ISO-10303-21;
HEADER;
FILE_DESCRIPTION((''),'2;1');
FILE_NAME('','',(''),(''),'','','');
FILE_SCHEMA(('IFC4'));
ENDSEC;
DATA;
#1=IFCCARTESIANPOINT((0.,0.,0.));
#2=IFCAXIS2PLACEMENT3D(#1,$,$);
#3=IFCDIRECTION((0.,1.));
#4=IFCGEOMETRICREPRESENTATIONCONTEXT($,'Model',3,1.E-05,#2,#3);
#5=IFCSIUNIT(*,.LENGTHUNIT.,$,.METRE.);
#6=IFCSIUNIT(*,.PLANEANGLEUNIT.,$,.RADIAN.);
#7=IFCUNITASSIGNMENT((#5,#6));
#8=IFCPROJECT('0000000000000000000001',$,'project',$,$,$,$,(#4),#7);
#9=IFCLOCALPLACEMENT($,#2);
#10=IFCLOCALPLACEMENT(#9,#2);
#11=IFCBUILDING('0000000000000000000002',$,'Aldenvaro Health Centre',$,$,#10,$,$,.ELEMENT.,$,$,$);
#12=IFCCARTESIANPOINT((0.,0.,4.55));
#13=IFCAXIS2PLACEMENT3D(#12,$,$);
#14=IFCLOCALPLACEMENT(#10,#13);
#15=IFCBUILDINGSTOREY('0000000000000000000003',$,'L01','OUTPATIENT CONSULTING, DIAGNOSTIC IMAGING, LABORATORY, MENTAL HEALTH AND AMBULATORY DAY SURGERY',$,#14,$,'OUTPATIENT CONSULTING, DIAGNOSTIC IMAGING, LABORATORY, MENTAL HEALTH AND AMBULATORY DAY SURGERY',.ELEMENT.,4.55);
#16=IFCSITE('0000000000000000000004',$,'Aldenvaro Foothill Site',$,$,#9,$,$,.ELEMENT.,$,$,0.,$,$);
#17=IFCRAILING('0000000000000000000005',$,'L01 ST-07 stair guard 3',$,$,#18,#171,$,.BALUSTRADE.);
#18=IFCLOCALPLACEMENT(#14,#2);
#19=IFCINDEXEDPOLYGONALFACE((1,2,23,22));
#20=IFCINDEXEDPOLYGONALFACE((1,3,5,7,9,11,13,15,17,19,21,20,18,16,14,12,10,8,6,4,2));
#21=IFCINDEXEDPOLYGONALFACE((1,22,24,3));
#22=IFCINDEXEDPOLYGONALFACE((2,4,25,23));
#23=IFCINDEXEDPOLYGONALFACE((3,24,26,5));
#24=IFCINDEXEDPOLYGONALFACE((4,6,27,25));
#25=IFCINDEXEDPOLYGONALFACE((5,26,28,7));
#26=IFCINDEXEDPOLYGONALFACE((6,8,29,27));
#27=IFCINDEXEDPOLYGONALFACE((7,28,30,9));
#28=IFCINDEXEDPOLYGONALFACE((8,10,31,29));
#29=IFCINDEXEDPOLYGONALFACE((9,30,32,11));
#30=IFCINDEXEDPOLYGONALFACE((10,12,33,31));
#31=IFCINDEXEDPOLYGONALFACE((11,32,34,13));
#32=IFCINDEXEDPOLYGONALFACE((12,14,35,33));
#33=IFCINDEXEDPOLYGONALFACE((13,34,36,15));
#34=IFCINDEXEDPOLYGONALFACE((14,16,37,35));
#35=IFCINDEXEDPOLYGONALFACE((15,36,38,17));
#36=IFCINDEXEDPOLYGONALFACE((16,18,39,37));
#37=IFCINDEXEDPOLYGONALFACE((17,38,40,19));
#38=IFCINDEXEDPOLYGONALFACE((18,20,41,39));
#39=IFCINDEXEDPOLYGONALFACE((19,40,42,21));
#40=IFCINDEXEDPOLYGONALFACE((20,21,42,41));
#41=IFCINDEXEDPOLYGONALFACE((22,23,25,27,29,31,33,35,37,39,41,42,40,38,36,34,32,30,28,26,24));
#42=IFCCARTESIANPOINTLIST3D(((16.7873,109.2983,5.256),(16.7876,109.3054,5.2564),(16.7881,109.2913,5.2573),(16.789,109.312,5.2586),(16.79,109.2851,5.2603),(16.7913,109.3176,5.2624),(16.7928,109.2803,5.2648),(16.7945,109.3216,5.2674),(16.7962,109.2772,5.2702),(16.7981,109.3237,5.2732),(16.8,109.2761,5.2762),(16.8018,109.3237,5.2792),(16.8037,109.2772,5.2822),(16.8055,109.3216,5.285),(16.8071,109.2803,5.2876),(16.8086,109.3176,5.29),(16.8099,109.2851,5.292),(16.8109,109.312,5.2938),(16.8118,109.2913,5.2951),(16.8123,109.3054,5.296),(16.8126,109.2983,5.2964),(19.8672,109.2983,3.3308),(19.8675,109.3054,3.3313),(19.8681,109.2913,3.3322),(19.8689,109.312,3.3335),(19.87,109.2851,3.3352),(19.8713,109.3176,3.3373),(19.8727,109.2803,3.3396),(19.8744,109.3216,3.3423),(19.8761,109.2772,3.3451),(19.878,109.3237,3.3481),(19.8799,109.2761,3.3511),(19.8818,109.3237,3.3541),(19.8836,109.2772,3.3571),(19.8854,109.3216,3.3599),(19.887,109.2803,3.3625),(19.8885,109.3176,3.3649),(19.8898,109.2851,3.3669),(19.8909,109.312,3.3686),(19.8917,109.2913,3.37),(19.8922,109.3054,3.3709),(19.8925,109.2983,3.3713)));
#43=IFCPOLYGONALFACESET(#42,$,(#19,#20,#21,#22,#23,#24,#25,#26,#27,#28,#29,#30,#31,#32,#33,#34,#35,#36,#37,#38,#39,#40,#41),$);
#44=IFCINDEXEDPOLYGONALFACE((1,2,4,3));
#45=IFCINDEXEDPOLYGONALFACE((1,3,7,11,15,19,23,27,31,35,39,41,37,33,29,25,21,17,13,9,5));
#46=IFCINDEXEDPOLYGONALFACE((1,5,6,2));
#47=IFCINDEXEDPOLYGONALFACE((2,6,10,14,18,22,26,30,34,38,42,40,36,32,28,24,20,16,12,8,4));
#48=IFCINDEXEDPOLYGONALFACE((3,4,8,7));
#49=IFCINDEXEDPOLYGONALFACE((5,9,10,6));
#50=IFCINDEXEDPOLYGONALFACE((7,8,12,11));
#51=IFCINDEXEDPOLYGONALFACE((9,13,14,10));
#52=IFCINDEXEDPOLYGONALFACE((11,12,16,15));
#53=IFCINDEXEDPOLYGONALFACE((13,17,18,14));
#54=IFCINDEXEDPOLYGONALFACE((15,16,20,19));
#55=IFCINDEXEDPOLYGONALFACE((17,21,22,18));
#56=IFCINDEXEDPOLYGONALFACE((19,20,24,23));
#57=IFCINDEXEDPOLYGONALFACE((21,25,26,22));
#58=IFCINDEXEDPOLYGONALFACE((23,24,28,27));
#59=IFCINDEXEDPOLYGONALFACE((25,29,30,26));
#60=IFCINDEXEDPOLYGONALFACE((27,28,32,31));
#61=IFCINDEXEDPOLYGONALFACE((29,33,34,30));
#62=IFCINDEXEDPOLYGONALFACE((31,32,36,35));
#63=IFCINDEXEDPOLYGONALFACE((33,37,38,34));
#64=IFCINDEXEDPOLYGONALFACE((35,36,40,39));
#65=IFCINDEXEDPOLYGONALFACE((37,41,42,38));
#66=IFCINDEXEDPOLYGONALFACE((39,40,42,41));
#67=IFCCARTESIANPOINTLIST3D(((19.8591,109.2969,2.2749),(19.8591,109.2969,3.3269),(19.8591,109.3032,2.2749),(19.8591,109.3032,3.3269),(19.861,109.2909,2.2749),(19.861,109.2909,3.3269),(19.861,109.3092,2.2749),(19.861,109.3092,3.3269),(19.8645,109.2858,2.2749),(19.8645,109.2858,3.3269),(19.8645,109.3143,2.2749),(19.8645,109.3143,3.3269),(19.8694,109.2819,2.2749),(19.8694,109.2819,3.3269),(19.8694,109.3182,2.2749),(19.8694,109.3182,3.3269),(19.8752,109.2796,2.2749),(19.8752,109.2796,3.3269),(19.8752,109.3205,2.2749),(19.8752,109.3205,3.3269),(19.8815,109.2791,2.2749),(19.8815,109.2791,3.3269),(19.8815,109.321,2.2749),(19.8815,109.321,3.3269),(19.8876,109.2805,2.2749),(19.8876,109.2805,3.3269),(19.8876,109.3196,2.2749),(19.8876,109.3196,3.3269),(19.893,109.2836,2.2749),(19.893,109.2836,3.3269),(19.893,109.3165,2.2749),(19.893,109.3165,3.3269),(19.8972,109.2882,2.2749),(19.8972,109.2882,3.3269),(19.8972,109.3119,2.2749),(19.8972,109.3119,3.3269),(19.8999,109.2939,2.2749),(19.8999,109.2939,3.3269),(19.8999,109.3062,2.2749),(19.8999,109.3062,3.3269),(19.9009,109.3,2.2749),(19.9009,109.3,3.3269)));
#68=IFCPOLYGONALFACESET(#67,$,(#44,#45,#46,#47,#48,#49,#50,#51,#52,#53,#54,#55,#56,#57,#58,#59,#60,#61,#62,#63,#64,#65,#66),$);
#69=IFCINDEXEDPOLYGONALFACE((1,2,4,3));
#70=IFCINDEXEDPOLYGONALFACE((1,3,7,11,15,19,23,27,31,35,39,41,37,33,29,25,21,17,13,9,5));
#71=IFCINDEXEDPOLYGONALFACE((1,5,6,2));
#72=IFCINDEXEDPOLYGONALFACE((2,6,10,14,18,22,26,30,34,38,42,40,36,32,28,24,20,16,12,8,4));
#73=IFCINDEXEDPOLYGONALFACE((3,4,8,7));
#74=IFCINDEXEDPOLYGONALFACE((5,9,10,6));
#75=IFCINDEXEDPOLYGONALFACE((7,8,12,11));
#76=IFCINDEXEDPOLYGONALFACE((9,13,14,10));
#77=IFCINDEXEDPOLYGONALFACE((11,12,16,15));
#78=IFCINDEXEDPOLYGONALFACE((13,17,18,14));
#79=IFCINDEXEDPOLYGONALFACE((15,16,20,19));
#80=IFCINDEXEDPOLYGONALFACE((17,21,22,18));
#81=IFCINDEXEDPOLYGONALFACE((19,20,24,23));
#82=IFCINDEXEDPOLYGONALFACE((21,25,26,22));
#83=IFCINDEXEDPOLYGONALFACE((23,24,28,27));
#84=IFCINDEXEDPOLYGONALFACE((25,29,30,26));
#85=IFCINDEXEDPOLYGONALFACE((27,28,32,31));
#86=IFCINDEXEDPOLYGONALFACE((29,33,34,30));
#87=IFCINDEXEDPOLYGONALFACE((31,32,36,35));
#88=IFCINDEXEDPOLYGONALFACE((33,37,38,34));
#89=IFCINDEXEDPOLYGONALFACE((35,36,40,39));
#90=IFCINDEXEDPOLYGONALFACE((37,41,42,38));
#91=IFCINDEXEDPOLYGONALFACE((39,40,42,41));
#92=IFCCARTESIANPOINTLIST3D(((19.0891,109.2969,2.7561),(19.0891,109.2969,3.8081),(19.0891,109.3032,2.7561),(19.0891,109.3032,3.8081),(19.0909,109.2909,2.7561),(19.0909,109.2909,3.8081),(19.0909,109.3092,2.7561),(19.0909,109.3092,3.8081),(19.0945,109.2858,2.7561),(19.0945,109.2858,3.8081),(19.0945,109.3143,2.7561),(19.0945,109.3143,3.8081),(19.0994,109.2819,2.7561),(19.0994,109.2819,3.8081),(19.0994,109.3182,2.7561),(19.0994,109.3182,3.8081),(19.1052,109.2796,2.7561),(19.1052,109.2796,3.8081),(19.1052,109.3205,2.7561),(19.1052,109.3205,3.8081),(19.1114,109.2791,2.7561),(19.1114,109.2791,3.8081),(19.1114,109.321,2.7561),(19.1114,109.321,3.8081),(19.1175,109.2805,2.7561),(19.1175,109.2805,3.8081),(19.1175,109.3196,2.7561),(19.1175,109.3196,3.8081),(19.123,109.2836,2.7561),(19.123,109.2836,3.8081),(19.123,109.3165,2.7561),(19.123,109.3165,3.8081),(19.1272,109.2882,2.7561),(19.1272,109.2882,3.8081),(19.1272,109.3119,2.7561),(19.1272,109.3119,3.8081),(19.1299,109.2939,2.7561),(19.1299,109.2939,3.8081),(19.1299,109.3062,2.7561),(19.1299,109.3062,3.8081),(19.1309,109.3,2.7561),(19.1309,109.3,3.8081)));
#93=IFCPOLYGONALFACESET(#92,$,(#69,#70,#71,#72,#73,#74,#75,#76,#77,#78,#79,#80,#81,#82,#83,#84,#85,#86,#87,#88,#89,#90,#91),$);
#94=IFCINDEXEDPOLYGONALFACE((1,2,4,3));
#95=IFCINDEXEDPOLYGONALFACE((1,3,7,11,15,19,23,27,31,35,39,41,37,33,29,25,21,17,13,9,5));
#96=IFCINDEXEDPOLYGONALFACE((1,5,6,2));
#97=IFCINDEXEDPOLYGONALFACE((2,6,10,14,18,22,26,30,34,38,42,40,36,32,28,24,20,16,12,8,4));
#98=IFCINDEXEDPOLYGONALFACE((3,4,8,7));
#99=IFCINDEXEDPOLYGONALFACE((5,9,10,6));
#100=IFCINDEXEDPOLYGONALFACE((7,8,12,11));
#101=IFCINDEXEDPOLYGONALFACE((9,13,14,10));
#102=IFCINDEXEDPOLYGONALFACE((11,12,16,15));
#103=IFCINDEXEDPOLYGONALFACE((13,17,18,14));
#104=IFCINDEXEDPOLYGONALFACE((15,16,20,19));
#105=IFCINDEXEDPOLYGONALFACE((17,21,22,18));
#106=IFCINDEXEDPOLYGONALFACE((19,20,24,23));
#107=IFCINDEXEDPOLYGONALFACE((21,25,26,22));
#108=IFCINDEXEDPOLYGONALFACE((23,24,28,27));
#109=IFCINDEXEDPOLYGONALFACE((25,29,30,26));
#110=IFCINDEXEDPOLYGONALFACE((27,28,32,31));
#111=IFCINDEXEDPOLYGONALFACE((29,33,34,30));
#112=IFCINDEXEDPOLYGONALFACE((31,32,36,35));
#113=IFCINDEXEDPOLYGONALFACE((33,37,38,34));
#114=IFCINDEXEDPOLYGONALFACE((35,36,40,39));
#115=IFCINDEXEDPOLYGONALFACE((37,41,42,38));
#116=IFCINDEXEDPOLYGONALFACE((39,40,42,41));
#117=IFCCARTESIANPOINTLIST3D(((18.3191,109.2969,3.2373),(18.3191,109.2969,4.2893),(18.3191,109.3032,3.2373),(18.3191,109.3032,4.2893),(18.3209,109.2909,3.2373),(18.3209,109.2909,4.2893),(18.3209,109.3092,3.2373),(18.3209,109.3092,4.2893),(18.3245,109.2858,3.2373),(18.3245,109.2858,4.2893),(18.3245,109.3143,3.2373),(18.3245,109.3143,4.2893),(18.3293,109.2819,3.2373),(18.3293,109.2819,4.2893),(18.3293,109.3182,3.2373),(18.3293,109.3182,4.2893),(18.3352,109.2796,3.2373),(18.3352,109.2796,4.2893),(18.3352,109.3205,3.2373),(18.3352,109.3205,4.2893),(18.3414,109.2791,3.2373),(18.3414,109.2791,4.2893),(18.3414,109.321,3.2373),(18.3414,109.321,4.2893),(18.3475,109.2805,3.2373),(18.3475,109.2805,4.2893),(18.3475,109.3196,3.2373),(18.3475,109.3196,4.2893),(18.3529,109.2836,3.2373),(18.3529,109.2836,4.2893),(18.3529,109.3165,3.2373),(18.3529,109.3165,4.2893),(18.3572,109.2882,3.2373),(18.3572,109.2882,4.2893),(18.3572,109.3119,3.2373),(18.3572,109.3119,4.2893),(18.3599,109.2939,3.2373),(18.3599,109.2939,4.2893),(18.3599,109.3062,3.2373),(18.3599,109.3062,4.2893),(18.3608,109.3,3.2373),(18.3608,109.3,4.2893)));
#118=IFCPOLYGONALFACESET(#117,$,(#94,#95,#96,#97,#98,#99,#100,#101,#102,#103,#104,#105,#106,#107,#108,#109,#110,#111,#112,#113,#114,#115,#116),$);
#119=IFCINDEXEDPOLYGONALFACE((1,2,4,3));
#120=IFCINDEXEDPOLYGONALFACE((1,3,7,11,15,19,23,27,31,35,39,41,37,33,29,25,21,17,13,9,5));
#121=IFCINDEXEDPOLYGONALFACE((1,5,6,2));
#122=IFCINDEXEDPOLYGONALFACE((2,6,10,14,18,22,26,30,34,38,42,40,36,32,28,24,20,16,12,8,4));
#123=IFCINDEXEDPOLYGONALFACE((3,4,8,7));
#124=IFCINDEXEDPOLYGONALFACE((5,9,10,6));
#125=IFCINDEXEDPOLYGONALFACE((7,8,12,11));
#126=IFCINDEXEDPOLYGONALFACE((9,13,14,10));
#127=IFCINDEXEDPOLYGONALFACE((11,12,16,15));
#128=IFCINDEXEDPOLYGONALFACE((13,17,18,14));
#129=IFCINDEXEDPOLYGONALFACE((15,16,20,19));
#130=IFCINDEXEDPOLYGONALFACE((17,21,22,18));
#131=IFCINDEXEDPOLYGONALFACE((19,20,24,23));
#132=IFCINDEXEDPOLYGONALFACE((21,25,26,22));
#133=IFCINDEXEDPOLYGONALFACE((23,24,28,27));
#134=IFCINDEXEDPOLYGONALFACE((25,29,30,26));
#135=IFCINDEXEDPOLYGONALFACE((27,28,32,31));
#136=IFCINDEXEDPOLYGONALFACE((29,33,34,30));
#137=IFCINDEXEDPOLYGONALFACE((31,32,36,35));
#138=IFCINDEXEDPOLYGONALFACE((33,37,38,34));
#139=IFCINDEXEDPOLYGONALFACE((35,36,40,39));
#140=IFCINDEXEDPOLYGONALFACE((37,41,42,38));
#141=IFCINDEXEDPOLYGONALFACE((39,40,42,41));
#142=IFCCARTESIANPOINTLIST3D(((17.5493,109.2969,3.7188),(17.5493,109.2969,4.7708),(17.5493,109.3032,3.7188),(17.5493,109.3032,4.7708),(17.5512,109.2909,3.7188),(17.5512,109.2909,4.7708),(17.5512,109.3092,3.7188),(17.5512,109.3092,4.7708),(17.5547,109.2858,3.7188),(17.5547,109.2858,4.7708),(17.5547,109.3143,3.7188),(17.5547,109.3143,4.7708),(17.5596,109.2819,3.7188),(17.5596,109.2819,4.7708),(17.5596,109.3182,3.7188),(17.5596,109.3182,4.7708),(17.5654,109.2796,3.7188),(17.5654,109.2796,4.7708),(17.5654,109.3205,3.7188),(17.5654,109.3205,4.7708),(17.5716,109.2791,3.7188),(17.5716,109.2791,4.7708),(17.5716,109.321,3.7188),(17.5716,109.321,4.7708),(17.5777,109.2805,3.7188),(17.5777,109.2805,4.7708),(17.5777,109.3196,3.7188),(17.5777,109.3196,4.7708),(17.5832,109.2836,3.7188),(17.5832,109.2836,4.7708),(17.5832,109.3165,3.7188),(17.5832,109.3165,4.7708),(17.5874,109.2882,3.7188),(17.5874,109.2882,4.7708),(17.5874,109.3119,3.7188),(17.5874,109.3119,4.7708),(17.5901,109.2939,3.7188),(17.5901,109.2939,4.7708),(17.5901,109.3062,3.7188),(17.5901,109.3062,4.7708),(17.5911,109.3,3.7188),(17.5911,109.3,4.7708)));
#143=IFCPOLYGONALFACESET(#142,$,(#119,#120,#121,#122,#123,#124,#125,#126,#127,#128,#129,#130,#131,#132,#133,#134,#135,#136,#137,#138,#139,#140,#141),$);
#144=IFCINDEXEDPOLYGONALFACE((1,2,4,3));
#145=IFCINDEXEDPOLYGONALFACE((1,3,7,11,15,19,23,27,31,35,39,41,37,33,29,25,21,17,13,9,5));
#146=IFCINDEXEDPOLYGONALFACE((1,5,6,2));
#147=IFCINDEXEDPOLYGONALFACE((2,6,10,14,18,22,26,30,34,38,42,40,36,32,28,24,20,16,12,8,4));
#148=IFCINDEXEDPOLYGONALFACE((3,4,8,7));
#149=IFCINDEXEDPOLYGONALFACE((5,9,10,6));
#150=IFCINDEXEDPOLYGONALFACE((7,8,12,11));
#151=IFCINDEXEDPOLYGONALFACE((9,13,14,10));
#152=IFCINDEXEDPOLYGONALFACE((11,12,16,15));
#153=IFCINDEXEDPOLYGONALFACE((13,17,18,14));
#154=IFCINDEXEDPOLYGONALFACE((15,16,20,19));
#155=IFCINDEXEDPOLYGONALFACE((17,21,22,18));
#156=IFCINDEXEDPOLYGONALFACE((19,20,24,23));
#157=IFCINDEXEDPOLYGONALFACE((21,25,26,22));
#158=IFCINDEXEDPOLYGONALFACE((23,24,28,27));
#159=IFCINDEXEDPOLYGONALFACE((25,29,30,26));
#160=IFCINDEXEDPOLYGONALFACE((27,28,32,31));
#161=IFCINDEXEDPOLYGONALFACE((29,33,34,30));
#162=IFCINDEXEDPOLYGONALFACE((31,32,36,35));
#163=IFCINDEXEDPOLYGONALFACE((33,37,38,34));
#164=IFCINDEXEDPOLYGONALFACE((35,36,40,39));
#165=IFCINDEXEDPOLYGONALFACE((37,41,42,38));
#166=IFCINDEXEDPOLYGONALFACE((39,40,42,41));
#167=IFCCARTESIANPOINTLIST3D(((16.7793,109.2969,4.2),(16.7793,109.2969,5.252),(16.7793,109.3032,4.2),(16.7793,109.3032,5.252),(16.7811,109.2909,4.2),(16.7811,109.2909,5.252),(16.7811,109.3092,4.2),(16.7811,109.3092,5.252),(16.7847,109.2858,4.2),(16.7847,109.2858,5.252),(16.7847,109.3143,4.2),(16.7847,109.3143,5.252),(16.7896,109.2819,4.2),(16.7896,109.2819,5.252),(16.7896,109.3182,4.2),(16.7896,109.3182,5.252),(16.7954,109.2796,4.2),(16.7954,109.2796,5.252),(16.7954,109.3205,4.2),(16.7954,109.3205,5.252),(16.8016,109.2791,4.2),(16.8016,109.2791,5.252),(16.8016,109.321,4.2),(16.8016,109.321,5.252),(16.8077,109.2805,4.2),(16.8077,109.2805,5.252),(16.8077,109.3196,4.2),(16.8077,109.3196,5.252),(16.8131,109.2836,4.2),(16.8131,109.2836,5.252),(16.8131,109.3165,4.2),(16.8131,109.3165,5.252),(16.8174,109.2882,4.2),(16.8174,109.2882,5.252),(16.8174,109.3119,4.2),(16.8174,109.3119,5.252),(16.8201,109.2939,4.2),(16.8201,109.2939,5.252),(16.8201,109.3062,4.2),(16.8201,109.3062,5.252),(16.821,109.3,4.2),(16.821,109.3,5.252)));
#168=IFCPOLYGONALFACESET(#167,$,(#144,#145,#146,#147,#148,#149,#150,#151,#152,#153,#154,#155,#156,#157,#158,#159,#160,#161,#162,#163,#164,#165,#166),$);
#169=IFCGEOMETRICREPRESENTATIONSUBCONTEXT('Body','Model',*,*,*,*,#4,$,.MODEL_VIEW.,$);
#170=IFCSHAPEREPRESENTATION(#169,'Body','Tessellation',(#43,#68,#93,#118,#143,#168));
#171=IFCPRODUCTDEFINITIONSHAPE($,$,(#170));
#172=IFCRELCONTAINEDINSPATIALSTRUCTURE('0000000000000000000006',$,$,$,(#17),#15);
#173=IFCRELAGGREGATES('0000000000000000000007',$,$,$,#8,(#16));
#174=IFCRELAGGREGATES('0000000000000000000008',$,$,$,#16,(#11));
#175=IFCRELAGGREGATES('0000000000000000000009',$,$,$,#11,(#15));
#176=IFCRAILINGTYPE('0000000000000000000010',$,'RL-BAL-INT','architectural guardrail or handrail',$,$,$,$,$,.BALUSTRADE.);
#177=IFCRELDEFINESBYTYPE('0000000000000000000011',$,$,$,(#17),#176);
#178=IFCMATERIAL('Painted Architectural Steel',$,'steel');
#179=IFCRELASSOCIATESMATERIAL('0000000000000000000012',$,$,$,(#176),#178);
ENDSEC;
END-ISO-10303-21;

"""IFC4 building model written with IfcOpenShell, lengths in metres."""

from ifc_helpers import new_model, si_unit, direction, frame, origin, origin_2d, place, context, subcontext, project, spatial, circle, extrude, material, type_object, element, save


model = new_model("IFC4")

# Units and contexts
model_context = context("Model", 3, precision=1e-05, world=origin(), true_north=direction((0.0, 1.0)))
body_context = subcontext(model_context, "Body", "Model", "MODEL_VIEW")
ifc_project = project(units=[si_unit("LENGTHUNIT", "METRE"), si_unit("PLANEANGLEUNIT", "RADIAN")], contexts=[model_context])

# Site, building, storey
site_placement = place(None, origin())
site = spatial("IfcSite", under=ifc_project, at=site_placement, Name="Aldenvaro Foothill Site", CompositionType="ELEMENT", RefElevation=0.0)
building_placement = place(site_placement, origin())
building = spatial("IfcBuilding", under=site, at=building_placement, Name="Aldenvaro Health Centre", CompositionType="ELEMENT")
storey_placement = place(building_placement, frame((0.0, 0.0, 4.55)))
storey = spatial("IfcBuildingStorey", under=building, at=storey_placement, Name="L01", Description="OUTPATIENT CONSULTING, DIAGNOSTIC IMAGING, LABORATORY, MENTAL HEALTH AND AMBULATORY DAY SURGERY", LongName="OUTPATIENT CONSULTING, DIAGNOSTIC IMAGING, LABORATORY, MENTAL HEALTH AND AMBULATORY DAY SURGERY", CompositionType="ELEMENT", Elevation=4.55)

# Railing
ifc_material_1 = material(Name="Painted Architectural Steel", Category="steel")
railing_type_1 = type_object("IfcRailingType", Name="RL-BAL-INT", Description="architectural guardrail or handrail", PredefinedType="BALUSTRADE", material=ifc_material_1)
railing_1_placement = place(storey_placement, frame((19.8799, 109.3, 2.2749)))
element("IfcRailing", 1, at=railing_1_placement, inside=storey, type_object=railing_type_1, Name="L01 ST-07 stair guard 3", PredefinedType="BALUSTRADE", context=body_context, shape_type="SweptSolid", body=[
    extrude(circle(Radius=0.0239, at=origin_2d()), frame((0.0, 0.0, 1.0762), z_axis=(-0.847979, 0.0, 0.530029), x_axis=(0.0, -1.0, 0.0)), (0.0, 0.0, 1.0), 3.6321),
    extrude(circle(Radius=0.021, at=origin_2d()), origin(), (0.0, 0.0, 1.0), 1.052),
    extrude(circle(Radius=0.021, at=origin_2d()), frame((-0.77, 0.0, 0.4812)), (0.0, 0.0, 1.0), 1.052),
    extrude(circle(Radius=0.021, at=origin_2d()), frame((-1.54, 0.0, 0.9624)), (0.0, 0.0, 1.0), 1.052),
    extrude(circle(Radius=0.021, at=origin_2d()), frame((-2.3098, 0.0, 1.4438)), (0.0, 0.0, 1.0), 1.052),
    extrude(circle(Radius=0.021, at=origin_2d()), frame((-3.0798, 0.0, 1.925)), (0.0, 0.0, 1.0), 1.052),
])

save(model, "model.ifc")
